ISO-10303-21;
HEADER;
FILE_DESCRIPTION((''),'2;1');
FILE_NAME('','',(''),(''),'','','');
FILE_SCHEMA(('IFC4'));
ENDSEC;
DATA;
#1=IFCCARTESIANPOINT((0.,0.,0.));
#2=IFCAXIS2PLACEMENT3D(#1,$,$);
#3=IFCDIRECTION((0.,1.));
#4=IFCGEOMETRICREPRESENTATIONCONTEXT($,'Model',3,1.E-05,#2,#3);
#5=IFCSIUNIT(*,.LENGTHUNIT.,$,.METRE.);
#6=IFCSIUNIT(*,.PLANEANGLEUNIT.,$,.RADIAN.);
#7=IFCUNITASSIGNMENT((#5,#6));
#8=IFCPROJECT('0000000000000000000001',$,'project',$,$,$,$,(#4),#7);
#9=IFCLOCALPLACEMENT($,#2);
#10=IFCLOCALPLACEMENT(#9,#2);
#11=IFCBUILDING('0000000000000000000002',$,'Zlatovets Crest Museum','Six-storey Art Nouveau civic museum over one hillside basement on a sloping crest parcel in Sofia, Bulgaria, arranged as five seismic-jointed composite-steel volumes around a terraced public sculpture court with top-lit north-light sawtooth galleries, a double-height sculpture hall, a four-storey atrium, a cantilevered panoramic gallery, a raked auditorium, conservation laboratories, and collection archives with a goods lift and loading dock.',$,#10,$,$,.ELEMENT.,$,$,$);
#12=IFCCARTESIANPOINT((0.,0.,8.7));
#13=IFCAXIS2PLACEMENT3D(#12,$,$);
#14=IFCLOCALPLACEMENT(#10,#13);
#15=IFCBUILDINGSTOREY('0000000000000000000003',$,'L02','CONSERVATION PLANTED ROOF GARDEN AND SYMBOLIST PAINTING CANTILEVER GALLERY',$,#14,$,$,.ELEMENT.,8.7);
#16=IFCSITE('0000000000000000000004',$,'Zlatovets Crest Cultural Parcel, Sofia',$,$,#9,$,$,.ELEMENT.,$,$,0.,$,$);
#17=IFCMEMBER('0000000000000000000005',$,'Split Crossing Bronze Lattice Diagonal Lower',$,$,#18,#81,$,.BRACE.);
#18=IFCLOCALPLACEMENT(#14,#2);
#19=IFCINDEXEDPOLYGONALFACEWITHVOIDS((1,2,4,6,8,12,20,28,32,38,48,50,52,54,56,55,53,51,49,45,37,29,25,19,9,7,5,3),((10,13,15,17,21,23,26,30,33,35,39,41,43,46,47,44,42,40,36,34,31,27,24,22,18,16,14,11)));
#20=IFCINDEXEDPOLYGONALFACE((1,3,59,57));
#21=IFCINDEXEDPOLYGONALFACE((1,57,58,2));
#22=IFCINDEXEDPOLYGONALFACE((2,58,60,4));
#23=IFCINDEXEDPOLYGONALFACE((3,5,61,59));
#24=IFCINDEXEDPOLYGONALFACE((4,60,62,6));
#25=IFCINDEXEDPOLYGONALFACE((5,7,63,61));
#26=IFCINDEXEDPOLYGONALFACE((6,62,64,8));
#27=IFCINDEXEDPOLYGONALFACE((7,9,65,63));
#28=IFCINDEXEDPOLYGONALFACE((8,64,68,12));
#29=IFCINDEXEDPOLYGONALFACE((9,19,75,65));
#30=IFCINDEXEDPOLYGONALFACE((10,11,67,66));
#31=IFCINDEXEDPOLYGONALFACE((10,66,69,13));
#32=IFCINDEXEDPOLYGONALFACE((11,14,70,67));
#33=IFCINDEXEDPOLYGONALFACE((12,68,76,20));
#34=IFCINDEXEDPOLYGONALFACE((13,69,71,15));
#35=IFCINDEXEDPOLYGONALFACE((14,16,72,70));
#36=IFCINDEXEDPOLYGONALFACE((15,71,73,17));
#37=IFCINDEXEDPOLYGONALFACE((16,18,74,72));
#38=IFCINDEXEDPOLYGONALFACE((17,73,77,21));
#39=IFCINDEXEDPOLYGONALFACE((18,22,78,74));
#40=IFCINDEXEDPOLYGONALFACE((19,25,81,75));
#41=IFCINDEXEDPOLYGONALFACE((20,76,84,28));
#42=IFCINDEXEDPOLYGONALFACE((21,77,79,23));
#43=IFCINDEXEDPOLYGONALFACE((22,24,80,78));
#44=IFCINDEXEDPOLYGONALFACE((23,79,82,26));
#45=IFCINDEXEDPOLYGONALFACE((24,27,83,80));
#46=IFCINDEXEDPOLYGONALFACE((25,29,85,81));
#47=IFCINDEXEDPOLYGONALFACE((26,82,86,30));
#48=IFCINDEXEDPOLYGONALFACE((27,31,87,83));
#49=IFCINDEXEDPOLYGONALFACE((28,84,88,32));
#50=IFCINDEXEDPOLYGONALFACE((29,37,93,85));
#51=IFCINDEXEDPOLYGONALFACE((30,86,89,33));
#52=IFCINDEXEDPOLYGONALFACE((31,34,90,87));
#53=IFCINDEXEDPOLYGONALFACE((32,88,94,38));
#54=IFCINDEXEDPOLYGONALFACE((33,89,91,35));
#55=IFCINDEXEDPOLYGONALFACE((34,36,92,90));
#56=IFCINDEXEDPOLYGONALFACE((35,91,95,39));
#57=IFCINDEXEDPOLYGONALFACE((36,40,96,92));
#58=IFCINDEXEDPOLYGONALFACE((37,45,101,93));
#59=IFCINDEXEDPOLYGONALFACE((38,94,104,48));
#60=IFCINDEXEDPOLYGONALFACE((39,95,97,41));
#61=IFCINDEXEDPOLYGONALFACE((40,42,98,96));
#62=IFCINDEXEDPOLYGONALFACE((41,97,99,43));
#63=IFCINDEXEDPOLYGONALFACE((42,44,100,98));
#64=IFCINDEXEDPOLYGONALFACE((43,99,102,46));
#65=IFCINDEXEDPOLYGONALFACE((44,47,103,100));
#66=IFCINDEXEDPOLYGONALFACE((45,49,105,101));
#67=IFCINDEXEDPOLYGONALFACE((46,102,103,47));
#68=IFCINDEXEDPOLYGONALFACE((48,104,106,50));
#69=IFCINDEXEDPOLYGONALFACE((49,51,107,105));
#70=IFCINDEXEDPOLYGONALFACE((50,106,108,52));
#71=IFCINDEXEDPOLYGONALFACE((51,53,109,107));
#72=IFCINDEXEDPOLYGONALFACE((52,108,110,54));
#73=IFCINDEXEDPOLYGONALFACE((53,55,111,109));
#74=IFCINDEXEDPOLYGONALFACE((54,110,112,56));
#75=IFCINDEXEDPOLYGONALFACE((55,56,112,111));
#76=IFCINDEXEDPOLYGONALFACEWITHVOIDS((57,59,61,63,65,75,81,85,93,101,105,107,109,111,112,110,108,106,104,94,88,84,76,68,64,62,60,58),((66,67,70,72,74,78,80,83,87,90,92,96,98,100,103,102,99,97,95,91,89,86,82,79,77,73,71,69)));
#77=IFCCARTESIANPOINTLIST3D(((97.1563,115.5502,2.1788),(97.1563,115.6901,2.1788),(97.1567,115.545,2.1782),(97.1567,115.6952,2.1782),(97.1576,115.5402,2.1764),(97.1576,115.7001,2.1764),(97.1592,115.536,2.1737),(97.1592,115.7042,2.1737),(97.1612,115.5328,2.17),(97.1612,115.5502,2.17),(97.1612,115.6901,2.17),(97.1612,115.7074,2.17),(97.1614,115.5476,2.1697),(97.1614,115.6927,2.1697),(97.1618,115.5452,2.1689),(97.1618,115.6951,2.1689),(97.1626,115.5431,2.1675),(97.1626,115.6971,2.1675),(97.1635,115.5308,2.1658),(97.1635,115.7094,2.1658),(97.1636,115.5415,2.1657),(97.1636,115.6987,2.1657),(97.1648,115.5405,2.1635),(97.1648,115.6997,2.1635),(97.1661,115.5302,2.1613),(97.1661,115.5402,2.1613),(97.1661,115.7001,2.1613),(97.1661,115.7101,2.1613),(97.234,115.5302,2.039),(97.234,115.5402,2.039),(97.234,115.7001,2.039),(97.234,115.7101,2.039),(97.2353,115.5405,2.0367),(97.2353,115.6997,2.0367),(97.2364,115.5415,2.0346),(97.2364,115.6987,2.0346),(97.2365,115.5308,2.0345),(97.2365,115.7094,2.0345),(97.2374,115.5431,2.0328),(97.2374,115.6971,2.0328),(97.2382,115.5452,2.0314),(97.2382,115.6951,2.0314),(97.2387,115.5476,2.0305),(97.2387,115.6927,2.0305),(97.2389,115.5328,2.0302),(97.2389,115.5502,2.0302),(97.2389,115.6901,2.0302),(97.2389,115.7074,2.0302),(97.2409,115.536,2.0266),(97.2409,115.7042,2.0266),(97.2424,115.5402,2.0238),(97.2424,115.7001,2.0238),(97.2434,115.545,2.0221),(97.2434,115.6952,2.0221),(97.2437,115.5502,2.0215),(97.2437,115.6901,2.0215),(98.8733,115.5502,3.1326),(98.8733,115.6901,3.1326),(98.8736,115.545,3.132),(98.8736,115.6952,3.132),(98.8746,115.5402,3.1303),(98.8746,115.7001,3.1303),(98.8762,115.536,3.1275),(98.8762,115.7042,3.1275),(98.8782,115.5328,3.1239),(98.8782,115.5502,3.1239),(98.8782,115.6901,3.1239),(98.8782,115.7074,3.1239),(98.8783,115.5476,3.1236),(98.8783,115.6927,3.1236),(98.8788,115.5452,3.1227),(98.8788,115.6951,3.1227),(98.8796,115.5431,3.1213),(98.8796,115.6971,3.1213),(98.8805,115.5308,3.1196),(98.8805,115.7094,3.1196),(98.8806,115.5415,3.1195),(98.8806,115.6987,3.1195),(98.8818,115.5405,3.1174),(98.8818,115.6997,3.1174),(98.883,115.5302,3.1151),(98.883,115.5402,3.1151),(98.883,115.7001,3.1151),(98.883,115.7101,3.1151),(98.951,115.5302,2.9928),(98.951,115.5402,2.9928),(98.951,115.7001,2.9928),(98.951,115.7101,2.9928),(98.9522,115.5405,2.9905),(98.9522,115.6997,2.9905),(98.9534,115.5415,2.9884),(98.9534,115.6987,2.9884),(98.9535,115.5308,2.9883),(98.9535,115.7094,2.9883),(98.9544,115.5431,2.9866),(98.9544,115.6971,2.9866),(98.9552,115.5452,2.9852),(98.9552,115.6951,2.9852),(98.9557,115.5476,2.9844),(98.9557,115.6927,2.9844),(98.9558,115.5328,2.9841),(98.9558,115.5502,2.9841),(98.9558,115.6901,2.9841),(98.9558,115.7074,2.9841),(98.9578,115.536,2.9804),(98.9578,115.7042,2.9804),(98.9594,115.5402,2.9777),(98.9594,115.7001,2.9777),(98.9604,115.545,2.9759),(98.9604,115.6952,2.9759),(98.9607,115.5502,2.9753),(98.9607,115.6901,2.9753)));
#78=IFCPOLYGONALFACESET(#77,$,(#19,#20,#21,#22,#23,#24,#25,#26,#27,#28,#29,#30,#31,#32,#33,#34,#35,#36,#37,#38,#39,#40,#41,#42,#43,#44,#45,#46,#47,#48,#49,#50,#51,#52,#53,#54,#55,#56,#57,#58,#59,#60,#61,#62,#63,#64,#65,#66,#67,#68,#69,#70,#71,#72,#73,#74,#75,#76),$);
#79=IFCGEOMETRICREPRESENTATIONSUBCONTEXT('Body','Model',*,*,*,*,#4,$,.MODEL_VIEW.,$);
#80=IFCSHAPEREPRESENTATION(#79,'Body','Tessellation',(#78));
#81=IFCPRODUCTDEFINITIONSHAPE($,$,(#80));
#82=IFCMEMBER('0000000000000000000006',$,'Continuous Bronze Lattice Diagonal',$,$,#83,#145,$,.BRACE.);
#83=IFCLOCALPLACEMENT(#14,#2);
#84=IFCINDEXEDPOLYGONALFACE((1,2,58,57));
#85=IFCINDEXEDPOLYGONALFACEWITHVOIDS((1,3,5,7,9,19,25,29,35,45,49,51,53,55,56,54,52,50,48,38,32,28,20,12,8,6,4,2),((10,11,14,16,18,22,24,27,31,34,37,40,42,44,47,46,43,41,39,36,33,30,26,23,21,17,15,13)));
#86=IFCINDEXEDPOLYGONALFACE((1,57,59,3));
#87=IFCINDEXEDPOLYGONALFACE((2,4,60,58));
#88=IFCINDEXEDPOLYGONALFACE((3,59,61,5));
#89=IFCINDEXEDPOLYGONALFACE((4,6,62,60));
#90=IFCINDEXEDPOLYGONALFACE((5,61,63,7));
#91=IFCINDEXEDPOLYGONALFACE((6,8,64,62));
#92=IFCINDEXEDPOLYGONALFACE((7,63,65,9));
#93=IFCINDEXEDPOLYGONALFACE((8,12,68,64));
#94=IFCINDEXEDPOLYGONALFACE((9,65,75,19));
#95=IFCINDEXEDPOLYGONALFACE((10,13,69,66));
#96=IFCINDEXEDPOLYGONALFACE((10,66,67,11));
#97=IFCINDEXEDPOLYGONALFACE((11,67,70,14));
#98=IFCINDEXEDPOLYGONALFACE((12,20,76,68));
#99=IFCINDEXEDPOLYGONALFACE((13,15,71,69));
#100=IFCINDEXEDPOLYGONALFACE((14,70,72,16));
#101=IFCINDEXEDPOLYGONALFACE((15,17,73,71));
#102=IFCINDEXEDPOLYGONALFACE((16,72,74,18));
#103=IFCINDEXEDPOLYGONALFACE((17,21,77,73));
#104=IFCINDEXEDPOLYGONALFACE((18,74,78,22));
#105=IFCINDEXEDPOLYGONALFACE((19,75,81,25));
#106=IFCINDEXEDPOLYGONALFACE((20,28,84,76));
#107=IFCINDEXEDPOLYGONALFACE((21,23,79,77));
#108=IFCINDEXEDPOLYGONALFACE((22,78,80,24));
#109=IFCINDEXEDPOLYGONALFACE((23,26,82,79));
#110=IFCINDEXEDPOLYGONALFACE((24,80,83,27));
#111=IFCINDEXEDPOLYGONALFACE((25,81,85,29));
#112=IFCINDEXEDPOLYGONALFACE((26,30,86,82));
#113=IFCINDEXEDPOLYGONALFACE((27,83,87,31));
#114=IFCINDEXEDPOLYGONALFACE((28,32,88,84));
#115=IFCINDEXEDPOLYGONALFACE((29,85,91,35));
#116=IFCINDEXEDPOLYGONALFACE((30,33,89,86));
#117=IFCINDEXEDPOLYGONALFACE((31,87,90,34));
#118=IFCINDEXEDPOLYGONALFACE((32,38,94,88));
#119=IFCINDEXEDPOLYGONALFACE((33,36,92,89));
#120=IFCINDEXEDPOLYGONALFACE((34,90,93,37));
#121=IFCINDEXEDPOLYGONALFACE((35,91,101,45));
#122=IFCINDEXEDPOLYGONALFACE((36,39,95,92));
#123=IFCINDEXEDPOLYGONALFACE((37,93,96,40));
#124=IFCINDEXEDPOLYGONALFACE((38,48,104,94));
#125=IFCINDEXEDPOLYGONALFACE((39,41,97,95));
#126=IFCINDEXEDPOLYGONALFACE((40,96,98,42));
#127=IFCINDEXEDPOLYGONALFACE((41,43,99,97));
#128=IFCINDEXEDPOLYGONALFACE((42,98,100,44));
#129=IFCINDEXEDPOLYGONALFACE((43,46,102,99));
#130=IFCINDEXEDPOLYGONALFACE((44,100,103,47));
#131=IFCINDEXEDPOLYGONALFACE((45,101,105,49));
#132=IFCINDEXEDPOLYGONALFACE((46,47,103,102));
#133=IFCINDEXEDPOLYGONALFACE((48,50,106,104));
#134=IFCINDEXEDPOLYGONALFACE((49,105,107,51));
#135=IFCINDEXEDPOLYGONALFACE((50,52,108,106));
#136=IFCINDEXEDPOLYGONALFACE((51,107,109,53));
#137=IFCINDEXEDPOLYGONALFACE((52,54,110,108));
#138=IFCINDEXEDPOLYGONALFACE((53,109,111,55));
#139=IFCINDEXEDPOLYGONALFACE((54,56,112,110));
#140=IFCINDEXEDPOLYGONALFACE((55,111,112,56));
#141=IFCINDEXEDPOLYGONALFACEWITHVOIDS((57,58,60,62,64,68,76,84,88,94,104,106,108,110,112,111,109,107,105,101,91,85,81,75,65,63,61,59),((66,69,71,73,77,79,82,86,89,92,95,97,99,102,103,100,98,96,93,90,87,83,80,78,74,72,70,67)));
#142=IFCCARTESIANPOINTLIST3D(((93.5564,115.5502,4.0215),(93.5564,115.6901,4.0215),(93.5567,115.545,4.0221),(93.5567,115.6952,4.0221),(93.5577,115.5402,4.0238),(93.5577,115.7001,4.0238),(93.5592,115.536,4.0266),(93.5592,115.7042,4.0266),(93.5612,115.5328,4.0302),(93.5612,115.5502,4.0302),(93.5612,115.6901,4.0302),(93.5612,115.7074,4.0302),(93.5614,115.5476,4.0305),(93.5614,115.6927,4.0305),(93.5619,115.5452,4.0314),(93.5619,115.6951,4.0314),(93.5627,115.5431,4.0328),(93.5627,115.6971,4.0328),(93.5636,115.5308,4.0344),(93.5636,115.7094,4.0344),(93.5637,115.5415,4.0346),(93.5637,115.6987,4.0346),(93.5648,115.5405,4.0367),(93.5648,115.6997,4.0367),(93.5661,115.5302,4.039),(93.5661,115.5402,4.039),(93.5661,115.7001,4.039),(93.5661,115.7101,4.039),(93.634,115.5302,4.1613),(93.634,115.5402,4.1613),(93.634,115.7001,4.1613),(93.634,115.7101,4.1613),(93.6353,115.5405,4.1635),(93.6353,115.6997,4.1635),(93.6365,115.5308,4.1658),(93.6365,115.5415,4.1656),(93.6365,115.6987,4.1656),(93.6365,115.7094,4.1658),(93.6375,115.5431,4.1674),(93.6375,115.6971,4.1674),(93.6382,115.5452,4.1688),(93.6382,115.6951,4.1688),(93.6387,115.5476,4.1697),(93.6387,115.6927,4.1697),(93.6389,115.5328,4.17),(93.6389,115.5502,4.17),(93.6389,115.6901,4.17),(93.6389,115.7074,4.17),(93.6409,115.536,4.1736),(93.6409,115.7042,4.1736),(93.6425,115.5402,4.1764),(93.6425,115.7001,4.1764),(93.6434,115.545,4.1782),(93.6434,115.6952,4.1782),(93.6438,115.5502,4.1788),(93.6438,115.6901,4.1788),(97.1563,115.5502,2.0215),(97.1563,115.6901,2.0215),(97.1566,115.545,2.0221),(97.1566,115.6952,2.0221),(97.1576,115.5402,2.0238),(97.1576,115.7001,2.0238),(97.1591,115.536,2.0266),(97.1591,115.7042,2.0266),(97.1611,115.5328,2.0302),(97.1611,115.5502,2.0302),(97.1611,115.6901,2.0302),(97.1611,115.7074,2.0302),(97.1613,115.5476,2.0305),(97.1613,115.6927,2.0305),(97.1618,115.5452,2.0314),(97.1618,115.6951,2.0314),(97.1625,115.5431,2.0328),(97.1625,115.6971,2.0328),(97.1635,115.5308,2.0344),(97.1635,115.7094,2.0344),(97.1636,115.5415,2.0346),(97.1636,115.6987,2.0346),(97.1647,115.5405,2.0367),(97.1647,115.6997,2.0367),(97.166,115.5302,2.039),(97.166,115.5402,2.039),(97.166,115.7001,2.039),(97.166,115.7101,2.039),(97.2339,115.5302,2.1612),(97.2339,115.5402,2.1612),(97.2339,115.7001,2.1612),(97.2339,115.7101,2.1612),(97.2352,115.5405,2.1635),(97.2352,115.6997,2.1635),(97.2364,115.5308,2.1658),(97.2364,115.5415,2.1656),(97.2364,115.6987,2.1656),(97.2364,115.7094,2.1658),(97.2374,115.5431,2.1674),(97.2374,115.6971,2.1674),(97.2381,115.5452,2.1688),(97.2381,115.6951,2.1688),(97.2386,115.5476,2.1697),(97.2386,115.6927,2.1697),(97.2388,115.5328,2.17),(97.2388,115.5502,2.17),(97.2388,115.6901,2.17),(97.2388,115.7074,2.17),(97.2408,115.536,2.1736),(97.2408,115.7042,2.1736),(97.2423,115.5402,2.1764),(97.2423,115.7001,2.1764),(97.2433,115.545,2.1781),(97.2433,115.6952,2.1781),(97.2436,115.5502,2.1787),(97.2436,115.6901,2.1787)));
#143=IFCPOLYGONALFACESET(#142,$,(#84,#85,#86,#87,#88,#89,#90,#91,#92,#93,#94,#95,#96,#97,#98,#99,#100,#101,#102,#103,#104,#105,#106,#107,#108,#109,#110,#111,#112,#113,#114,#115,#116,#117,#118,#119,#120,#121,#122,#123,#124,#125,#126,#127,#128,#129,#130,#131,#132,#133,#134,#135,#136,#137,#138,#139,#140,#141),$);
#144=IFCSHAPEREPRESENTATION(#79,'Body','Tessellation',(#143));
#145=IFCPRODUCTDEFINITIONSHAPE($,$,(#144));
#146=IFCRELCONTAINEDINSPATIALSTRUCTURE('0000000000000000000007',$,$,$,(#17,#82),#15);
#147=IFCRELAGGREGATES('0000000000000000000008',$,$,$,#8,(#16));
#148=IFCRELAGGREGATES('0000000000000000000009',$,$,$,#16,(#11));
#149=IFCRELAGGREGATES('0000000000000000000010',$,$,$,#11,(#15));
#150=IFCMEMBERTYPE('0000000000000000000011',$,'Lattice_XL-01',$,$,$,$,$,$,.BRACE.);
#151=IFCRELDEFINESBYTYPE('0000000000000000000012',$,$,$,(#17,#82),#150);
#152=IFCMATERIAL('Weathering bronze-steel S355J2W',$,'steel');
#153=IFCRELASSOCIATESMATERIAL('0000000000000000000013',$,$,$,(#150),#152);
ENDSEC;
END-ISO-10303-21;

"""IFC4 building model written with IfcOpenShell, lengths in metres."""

from ifc_helpers import new_model, si_unit, direction, frame, origin, origin_2d, place, context, subcontext, project, spatial, hollow_rectangle, extrude, material, material_profile, profile_set, type_object, element, save


model = new_model("IFC4")

# Units and contexts
model_context = context("Model", 3, precision=1e-05, world=origin(), true_north=direction((0.0, 1.0)))
body_context = subcontext(model_context, "Body", "Model", "MODEL_VIEW")
ifc_project = project(units=[si_unit("LENGTHUNIT", "METRE"), si_unit("PLANEANGLEUNIT", "RADIAN")], contexts=[model_context])

# Site, building, storey
site_placement = place(None, origin())
site = spatial("IfcSite", under=ifc_project, at=site_placement, Name="Zlatovets Crest Cultural Parcel, Sofia", CompositionType="ELEMENT", RefElevation=0.0)
building_placement = place(site_placement, origin())
building = spatial("IfcBuilding", under=site, at=building_placement, Name="Zlatovets Crest Museum", Description="Six-storey Art Nouveau civic museum over one hillside basement on a sloping crest parcel in Sofia, Bulgaria, arranged as five seismic-jointed composite-steel volumes around a terraced public sculpture court with top-lit north-light sawtooth galleries, a double-height sculpture hall, a four-storey atrium, a cantilevered panoramic gallery, a raked auditorium, conservation laboratories, and collection archives with a goods lift and loading dock.", CompositionType="ELEMENT")
storey_placement = place(building_placement, frame((0.0, 0.0, 8.7)))
storey = spatial("IfcBuildingStorey", under=building, at=storey_placement, Name="L02", Description="CONSERVATION PLANTED ROOF GARDEN AND SYMBOLIST PAINTING CANTILEVER GALLERY", CompositionType="ELEMENT", Elevation=8.7)

# Members
ifc_material_1 = material(Name="Weathering bronze-steel S355J2W", Category="steel")
ifc_material_profile_1 = material_profile(ifc_material_1, hollow_rectangle(XDim=0.1799, YDim=0.1799, WallThickness=0.01, InnerFilletRadius=0.01, OuterFilletRadius=0.02, at=origin_2d()), Name="SHS 180x180x10.0")
ifc_profile_set_1 = profile_set([ifc_material_profile_1], Name="Weathering bronze-steel S355J2W")
member_type_1 = type_object("IfcMemberType", Name="Lattice_XL-01", PredefinedType="BRACE", material=ifc_profile_set_1)
member_1_placement = place(storey_placement, frame((98.917, 115.6201, 3.054), z_axis=(-0.874169, 0.0, -0.485622), x_axis=(0.0, -1.0, 0.0)))
element("IfcMember", 1, at=member_1_placement, inside=storey, type_object=member_type_1, Name="Split Crossing Bronze Lattice Diagonal Lower", PredefinedType="BRACE", context=body_context, shape_type="SweptSolid", body=[
    extrude(hollow_rectangle(XDim=0.1799, YDim=0.1799, WallThickness=0.01, InnerFilletRadius=0.01, OuterFilletRadius=0.02, at=origin_2d()), origin(), (0.0, 0.0, 1.0), 1.9641),
])
member_2_placement = place(storey_placement, frame((97.2, 115.6201, 2.1001), z_axis=(-0.874149, 0.0, 0.485658), x_axis=(0.0, -1.0, 0.0)))
element("IfcMember", 2, at=member_2_placement, inside=storey, type_object=member_type_1, Name="Continuous Bronze Lattice Diagonal", PredefinedType="BRACE", context=body_context, shape_type="SweptSolid", body=[
    extrude(hollow_rectangle(XDim=0.1799, YDim=0.1799, WallThickness=0.01, InnerFilletRadius=0.01, OuterFilletRadius=0.02, at=origin_2d()), origin(), (0.0, 0.0, 1.0), 4.1182),
])

save(model, "model.ifc")
